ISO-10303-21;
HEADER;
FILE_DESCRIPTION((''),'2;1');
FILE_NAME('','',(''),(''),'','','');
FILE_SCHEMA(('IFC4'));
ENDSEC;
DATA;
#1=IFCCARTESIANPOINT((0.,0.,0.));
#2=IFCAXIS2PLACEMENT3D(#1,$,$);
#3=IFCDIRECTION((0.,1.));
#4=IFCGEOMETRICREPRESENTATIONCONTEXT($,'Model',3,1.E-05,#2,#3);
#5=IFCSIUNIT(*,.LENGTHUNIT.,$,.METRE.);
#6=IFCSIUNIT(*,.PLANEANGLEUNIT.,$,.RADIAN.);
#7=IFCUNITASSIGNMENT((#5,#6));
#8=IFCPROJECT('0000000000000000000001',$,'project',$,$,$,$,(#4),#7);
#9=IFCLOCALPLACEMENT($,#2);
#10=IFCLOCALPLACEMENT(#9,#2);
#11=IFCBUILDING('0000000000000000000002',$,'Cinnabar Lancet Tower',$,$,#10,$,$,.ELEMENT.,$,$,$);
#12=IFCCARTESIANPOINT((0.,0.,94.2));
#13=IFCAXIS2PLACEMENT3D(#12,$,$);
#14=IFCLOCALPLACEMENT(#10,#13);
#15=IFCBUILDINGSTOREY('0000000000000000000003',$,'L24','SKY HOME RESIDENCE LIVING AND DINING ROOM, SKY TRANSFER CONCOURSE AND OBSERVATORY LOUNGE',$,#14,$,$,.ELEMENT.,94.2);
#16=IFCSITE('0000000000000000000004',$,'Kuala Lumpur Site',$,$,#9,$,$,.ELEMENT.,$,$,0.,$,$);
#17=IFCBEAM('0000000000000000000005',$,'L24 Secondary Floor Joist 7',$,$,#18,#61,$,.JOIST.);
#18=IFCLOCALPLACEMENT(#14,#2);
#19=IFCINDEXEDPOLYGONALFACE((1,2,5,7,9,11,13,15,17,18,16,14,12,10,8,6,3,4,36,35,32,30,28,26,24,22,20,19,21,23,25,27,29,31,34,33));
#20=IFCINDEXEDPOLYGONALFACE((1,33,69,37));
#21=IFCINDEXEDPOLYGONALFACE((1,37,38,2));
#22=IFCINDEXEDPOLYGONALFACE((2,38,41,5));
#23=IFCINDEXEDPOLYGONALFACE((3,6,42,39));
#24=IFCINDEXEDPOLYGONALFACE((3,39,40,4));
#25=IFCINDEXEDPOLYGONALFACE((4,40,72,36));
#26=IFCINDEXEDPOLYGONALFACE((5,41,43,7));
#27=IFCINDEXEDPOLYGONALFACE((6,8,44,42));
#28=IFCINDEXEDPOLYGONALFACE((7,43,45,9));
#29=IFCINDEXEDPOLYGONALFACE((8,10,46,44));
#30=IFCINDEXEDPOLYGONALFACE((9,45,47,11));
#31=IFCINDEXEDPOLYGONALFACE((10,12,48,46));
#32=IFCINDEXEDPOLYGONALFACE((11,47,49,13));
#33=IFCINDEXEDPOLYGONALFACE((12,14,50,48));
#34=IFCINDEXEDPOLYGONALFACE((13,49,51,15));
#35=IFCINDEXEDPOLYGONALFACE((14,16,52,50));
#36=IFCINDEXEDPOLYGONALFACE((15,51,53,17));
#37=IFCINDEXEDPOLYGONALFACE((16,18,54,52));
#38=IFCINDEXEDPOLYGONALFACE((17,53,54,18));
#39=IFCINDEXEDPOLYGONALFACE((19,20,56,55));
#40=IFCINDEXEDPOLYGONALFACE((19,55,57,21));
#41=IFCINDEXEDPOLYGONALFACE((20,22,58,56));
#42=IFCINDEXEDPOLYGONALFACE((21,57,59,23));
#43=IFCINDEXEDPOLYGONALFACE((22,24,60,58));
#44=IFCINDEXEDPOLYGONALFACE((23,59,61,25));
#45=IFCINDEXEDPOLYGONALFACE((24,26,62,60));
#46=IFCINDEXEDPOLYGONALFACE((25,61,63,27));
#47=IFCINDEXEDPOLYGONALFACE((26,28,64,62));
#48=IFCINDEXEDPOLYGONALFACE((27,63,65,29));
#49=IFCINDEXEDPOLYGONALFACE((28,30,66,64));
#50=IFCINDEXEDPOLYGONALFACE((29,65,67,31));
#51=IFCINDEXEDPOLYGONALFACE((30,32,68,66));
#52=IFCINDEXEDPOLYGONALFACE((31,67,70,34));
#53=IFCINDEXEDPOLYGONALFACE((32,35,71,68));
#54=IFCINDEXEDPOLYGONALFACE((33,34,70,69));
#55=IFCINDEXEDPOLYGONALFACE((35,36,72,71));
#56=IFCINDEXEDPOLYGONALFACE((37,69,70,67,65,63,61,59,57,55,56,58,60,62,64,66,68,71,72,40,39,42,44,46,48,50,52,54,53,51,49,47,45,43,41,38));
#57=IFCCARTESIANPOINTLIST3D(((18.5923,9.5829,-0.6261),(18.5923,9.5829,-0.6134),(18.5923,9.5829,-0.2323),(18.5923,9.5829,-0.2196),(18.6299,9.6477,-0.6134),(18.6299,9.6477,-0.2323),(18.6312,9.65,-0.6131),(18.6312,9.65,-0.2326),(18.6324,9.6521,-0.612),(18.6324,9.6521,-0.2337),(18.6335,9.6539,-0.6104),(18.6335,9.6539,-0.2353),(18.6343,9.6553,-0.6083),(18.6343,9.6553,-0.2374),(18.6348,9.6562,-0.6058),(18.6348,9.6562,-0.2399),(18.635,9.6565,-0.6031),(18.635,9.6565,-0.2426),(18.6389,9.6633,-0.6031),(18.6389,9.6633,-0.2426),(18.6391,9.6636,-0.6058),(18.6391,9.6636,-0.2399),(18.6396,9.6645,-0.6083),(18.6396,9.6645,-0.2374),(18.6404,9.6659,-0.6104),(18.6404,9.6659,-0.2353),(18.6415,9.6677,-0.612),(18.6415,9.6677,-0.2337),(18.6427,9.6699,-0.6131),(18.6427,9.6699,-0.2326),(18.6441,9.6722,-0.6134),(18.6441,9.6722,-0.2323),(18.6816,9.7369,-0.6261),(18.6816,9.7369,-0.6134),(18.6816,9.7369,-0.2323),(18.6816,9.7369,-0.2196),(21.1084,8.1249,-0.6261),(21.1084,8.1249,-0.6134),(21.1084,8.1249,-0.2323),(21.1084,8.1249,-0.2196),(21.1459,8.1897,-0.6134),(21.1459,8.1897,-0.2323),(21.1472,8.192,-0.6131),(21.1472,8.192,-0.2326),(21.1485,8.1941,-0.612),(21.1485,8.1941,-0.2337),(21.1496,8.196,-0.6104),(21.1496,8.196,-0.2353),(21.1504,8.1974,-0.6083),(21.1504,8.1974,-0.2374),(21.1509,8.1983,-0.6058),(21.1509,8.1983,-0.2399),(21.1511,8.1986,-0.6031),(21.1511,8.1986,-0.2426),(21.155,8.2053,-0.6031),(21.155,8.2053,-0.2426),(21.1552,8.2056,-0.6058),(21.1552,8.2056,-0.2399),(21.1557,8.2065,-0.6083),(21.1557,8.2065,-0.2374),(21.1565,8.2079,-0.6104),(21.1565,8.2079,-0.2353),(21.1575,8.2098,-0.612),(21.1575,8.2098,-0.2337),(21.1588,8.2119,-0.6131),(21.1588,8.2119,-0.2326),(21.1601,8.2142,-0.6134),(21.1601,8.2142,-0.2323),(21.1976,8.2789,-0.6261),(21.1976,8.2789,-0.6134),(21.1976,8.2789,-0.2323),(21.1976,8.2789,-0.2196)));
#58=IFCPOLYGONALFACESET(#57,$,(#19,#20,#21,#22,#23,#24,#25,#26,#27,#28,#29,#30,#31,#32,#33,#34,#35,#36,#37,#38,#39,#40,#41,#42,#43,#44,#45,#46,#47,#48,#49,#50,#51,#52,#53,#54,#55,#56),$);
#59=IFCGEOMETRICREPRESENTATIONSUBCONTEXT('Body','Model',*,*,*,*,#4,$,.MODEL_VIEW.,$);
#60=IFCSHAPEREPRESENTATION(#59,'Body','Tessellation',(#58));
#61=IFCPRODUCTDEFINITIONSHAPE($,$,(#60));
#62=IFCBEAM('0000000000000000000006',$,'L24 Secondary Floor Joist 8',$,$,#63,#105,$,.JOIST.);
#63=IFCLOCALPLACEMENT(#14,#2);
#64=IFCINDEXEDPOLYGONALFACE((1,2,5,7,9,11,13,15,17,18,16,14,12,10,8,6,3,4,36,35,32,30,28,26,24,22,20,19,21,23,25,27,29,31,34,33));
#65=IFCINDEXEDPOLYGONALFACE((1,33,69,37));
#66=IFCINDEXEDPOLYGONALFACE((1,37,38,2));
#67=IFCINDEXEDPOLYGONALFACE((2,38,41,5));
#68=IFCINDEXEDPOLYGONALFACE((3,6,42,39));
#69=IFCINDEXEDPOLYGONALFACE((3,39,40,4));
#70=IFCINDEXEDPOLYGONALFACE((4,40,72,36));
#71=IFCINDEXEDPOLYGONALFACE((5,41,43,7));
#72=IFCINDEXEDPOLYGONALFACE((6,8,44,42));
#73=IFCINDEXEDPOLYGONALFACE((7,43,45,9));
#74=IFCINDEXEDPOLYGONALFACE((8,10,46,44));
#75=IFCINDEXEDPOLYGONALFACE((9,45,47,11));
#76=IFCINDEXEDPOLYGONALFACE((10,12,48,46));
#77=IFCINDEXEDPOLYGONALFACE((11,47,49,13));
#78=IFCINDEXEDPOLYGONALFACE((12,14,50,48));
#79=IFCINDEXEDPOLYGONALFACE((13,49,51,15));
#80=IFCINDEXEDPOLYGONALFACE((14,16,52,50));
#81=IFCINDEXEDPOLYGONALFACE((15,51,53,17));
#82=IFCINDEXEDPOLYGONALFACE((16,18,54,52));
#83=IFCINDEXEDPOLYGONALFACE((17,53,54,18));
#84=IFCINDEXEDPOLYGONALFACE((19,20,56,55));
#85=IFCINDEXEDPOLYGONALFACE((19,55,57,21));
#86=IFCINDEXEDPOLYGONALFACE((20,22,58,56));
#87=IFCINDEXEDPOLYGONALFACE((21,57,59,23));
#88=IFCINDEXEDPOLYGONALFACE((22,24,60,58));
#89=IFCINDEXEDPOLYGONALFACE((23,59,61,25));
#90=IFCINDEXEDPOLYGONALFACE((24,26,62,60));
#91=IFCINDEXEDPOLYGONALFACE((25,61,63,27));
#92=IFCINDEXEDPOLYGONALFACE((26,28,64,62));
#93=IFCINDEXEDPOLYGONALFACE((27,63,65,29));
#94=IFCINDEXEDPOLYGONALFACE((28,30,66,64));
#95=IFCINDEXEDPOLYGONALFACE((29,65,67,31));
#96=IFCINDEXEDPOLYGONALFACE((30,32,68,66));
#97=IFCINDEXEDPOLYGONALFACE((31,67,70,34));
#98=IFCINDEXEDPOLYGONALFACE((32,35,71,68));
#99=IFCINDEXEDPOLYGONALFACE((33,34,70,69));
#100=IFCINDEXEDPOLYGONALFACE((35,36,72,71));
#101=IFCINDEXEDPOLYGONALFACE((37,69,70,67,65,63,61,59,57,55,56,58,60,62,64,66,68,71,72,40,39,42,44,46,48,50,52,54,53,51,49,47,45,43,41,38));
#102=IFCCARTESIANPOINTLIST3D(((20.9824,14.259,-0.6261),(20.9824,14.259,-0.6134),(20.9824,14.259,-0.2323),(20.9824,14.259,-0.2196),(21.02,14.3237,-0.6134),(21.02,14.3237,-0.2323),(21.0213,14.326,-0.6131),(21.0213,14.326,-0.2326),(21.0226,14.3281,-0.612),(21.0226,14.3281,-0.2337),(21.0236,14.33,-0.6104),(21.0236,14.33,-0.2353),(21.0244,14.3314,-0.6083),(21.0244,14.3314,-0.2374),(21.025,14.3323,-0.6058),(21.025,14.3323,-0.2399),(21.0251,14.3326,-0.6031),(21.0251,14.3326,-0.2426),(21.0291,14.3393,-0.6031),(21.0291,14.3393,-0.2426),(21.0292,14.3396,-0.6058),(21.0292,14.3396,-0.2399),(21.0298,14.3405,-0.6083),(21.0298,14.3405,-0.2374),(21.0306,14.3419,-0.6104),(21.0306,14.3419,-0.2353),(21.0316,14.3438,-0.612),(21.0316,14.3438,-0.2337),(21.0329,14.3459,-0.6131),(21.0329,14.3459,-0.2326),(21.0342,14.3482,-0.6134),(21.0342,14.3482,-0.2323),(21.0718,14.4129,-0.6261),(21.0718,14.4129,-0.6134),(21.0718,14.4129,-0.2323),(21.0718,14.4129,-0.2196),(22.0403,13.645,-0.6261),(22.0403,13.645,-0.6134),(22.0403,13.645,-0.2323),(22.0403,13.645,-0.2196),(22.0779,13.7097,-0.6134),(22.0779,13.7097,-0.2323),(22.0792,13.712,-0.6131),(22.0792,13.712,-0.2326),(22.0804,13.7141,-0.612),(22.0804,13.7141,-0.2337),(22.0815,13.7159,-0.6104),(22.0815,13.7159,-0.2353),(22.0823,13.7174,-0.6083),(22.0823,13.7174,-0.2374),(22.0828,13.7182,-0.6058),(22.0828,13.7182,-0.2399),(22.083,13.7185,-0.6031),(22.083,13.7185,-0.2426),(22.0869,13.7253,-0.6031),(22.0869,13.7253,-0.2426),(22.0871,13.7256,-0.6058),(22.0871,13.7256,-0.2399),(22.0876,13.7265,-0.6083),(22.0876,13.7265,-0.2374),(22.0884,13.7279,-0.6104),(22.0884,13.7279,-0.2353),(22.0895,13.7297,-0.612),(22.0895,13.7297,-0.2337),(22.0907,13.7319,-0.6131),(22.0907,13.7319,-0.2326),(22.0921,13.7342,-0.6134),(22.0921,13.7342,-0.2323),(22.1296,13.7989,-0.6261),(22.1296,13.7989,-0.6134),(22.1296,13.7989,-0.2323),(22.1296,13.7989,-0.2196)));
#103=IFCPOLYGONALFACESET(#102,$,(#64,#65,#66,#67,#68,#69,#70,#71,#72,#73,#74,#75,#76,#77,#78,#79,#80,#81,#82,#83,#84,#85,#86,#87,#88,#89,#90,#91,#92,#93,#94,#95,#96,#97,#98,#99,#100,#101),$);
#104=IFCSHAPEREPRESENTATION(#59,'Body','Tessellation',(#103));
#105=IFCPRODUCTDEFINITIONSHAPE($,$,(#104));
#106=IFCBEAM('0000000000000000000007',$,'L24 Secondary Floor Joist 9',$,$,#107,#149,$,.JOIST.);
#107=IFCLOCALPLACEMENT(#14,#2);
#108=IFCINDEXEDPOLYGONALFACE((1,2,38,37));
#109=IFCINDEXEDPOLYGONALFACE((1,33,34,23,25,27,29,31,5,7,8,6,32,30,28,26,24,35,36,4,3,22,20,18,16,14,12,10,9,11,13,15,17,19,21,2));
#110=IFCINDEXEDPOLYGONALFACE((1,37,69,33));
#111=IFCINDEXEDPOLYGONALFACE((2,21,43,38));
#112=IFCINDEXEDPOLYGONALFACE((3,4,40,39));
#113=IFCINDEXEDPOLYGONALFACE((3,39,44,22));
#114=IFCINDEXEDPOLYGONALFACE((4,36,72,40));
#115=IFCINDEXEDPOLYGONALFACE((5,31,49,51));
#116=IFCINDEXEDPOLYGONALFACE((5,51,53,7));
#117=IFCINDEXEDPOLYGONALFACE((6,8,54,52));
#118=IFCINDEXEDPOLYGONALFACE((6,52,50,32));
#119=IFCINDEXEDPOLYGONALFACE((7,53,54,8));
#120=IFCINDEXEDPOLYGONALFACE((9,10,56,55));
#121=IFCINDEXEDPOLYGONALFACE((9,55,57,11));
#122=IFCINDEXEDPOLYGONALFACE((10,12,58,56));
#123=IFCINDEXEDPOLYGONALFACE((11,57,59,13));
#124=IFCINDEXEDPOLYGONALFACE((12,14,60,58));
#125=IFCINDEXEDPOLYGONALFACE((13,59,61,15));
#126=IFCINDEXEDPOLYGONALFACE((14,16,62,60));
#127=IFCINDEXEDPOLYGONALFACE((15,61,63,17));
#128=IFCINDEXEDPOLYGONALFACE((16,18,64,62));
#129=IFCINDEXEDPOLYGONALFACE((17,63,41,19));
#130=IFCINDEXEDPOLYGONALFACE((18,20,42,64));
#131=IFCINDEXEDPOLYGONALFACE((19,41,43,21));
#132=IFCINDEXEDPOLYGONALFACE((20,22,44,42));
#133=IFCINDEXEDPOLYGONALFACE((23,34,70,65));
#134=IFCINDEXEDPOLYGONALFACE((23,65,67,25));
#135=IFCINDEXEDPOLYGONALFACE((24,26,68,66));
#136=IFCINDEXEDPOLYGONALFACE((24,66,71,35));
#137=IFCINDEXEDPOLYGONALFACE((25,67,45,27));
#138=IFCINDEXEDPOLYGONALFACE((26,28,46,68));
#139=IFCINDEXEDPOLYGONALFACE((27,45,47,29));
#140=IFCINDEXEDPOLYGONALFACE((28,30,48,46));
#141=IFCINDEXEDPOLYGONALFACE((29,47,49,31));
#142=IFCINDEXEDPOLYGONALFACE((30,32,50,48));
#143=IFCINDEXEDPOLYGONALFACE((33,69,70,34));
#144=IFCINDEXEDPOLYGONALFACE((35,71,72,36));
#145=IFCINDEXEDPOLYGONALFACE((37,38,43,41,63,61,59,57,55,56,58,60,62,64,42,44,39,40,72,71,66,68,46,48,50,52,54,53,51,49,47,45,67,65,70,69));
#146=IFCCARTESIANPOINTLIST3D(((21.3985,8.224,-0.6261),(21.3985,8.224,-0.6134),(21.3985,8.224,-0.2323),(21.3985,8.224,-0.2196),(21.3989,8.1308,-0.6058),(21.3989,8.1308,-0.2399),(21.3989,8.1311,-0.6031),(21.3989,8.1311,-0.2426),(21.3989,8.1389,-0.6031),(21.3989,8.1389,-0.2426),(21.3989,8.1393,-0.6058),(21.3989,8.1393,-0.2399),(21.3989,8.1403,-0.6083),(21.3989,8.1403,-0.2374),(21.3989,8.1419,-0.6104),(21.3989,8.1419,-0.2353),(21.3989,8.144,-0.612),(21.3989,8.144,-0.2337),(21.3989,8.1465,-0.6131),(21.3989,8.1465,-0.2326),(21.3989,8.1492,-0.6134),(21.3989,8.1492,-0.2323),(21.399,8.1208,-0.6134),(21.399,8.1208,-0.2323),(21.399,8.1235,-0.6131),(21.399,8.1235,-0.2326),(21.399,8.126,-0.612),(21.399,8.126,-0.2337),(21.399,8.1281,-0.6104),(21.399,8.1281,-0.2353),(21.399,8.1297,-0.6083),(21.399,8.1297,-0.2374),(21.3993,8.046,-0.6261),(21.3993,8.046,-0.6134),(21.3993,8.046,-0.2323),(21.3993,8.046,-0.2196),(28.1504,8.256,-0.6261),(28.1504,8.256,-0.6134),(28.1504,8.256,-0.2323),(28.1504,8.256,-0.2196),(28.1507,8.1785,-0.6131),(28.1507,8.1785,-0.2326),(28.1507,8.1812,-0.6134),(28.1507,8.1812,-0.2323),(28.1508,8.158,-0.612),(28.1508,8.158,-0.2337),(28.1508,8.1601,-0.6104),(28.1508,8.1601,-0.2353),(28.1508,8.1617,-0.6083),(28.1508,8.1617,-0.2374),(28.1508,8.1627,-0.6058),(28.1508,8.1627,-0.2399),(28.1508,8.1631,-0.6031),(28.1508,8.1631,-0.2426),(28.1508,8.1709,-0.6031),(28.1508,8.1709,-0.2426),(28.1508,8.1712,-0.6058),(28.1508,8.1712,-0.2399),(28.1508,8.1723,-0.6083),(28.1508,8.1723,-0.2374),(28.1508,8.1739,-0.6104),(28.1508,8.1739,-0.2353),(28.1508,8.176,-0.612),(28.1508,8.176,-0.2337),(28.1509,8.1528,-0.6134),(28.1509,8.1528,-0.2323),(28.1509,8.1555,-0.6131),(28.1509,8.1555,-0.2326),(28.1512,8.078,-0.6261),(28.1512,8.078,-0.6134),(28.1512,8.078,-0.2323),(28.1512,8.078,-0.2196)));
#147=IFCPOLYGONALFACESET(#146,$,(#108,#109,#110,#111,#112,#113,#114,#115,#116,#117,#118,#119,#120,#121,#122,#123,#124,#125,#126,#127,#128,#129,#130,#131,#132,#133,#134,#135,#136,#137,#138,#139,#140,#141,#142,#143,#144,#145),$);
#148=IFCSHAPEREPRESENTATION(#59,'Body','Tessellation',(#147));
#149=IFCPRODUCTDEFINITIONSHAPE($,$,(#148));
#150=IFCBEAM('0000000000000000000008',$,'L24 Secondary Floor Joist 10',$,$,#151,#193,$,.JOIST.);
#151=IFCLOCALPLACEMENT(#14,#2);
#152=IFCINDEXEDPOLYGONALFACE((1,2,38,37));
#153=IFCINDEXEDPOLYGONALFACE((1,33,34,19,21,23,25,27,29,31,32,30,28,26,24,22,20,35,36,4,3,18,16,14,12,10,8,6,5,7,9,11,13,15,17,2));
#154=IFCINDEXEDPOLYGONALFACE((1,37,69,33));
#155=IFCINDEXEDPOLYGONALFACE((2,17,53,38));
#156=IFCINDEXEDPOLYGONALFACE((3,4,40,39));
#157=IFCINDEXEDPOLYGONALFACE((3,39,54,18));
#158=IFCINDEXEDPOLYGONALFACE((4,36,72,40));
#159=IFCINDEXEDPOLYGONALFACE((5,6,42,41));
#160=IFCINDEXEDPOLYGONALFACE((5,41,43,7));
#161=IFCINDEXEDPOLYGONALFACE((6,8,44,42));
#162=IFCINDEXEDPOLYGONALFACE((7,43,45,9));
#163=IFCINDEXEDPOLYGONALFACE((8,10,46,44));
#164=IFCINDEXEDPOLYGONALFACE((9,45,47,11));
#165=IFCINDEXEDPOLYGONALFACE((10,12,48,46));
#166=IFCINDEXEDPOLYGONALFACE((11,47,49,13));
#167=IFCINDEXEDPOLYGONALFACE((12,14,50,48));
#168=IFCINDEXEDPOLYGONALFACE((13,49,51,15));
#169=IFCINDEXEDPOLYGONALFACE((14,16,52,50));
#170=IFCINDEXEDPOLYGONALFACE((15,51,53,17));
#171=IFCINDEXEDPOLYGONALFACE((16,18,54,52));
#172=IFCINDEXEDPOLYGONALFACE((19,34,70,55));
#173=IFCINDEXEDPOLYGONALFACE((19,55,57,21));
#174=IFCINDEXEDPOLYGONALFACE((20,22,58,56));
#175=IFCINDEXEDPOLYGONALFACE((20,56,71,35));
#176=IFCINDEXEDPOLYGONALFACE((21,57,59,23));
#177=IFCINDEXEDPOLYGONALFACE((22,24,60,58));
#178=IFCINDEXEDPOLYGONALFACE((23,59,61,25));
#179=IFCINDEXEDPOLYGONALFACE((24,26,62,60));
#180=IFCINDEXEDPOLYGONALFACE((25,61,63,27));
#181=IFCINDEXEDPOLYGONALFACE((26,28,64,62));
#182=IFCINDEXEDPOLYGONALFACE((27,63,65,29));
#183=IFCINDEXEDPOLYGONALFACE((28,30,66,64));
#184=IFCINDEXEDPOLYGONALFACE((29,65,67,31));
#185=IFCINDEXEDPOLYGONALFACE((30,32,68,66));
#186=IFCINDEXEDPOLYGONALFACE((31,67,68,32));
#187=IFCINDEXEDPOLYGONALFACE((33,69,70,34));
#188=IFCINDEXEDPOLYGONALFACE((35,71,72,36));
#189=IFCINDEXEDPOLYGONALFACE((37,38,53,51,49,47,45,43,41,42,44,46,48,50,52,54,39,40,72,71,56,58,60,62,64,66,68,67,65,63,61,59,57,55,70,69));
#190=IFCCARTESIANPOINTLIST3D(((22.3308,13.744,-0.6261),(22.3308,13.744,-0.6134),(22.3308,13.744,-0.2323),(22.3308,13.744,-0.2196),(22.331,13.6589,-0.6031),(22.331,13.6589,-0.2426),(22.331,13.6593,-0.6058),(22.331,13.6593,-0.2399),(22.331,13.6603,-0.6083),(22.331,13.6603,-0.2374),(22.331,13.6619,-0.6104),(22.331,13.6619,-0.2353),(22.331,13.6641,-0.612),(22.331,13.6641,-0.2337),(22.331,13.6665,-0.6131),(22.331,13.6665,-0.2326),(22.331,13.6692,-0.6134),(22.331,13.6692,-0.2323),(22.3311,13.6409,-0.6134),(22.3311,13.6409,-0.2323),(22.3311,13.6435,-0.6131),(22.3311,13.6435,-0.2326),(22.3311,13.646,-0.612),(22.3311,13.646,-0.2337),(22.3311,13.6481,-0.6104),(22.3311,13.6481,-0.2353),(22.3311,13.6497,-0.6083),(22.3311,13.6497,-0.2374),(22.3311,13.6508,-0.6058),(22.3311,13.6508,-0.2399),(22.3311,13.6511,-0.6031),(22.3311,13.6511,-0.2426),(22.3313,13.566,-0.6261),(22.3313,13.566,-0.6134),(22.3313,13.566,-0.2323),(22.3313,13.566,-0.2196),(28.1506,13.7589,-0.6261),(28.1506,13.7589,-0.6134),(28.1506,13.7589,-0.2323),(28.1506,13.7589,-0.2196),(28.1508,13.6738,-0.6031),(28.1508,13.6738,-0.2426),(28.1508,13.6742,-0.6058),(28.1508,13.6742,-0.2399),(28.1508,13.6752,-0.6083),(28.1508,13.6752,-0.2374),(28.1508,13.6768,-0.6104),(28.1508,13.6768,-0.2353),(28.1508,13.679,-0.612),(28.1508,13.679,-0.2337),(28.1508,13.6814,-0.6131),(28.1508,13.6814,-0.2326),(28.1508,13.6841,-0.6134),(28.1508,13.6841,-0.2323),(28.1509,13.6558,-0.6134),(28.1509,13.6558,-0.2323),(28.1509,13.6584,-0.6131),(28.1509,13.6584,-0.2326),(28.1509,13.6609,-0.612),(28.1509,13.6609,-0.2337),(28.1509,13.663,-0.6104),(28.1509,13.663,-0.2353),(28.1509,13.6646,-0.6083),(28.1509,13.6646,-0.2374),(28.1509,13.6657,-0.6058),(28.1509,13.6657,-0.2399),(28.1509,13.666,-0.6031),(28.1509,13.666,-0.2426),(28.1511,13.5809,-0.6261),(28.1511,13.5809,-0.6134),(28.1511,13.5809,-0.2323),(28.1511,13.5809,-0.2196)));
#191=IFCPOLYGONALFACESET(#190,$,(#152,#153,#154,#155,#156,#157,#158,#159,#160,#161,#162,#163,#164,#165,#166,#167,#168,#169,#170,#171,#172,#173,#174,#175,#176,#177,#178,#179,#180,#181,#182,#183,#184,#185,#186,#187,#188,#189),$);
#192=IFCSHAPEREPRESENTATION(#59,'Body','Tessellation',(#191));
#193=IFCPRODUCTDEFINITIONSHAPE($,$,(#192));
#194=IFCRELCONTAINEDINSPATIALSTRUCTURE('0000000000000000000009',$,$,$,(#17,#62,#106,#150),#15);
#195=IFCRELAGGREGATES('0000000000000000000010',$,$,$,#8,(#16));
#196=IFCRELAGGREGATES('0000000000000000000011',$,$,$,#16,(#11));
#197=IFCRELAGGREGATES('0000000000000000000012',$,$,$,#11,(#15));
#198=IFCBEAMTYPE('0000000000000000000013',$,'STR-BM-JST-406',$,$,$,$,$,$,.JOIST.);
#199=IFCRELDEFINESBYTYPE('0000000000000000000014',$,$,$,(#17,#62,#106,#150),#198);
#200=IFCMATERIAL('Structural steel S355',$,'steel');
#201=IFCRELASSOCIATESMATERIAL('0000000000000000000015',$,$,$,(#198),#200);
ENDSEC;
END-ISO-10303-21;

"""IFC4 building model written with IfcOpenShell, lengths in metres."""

from ifc_helpers import new_model, si_unit, direction, frame, origin, origin_2d, place, context, subcontext, project, spatial, i_section, extrude, material, material_profile, profile_set, type_object, element, save


model = new_model("IFC4")

# Units and contexts
model_context = context("Model", 3, precision=1e-05, world=origin(), true_north=direction((0.0, 1.0)))
body_context = subcontext(model_context, "Body", "Model", "MODEL_VIEW")
ifc_project = project(units=[si_unit("LENGTHUNIT", "METRE"), si_unit("PLANEANGLEUNIT", "RADIAN")], contexts=[model_context])

# Site, building, storey
site_placement = place(None, origin())
site = spatial("IfcSite", under=ifc_project, at=site_placement, Name="Kuala Lumpur Site", CompositionType="ELEMENT", RefElevation=0.0)
building_placement = place(site_placement, origin())
building = spatial("IfcBuilding", under=site, at=building_placement, Name="Cinnabar Lancet Tower", CompositionType="ELEMENT")
storey_placement = place(building_placement, frame((0.0, 0.0, 94.2)))
storey = spatial("IfcBuildingStorey", under=building, at=storey_placement, Name="L24", Description="SKY HOME RESIDENCE LIVING AND DINING ROOM, SKY TRANSFER CONCOURSE AND OBSERVATORY LOUNGE", CompositionType="ELEMENT", Elevation=94.2)

# Beams
ifc_material_1 = material(Name="Structural steel S355", Category="steel")
ifc_material_profile_1 = material_profile(ifc_material_1, i_section(OverallWidth=0.178, OverallDepth=0.4065, WebThickness=0.0078, FlangeThickness=0.0127, FilletRadius=0.0103, at=origin_2d()), Name="UKB 406x178x60")
ifc_profile_set_1 = profile_set([ifc_material_profile_1], Name="Structural steel S355")
beam_type_1 = type_object("IfcBeamType", Name="STR-BM-JST-406", PredefinedType="JOIST", material=ifc_profile_set_1)
beam_1_placement = place(storey_placement, frame((18.637, 9.6599, -0.4229), z_axis=(0.865231, -0.501374, 0.0), x_axis=(0.501374, 0.865231, 0.0)))
element("IfcBeam", 1, at=beam_1_placement, inside=storey, type_object=beam_type_1, Name="L24 Secondary Floor Joist 7", PredefinedType="JOIST", context=body_context, shape_type="SweptSolid", body=[
    extrude(i_section(OverallWidth=0.178, OverallDepth=0.4065, WebThickness=0.0078, FlangeThickness=0.0127, FilletRadius=0.0103, at=origin_2d()), origin(), (0.0, 0.0, 1.0), 2.908),
])
beam_2_placement = place(storey_placement, frame((21.0271, 14.3359, -0.4229), z_axis=(0.86487, -0.501996, 0.0), x_axis=(0.501996, 0.86487, 0.0)))
element("IfcBeam", 2, at=beam_2_placement, inside=storey, type_object=beam_type_1, Name="L24 Secondary Floor Joist 8", PredefinedType="JOIST", context=body_context, shape_type="SweptSolid", body=[
    extrude(i_section(OverallWidth=0.178, OverallDepth=0.4065, WebThickness=0.0078, FlangeThickness=0.0127, FilletRadius=0.0103, at=origin_2d()), origin(), (0.0, 0.0, 1.0), 1.2231),
])
beam_3_placement = place(storey_placement, frame((21.3989, 8.135, -0.4229), z_axis=(0.999989, 0.004737, 0.0), x_axis=(-0.004737, 0.999989, 0.0)))
element("IfcBeam", 3, at=beam_3_placement, inside=storey, type_object=beam_type_1, Name="L24 Secondary Floor Joist 9", PredefinedType="JOIST", context=body_context, shape_type="SweptSolid", body=[
    extrude(i_section(OverallWidth=0.178, OverallDepth=0.4065, WebThickness=0.0078, FlangeThickness=0.0127, FilletRadius=0.0103, at=origin_2d()), origin(), (0.0, 0.0, 1.0), 6.752),
])
beam_4_placement = place(storey_placement, frame((22.3311, 13.655, -0.4229), z_axis=(0.999997, 0.002559, 0.0), x_axis=(-0.002559, 0.999997, 0.0)))
element("IfcBeam", 4, at=beam_4_placement, inside=storey, type_object=beam_type_1, Name="L24 Secondary Floor Joist 10", PredefinedType="JOIST", context=body_context, shape_type="SweptSolid", body=[
    extrude(i_section(OverallWidth=0.178, OverallDepth=0.4065, WebThickness=0.0078, FlangeThickness=0.0127, FilletRadius=0.0103, at=origin_2d()), origin(), (0.0, 0.0, 1.0), 5.8198),
])

save(model, "model.ifc")
